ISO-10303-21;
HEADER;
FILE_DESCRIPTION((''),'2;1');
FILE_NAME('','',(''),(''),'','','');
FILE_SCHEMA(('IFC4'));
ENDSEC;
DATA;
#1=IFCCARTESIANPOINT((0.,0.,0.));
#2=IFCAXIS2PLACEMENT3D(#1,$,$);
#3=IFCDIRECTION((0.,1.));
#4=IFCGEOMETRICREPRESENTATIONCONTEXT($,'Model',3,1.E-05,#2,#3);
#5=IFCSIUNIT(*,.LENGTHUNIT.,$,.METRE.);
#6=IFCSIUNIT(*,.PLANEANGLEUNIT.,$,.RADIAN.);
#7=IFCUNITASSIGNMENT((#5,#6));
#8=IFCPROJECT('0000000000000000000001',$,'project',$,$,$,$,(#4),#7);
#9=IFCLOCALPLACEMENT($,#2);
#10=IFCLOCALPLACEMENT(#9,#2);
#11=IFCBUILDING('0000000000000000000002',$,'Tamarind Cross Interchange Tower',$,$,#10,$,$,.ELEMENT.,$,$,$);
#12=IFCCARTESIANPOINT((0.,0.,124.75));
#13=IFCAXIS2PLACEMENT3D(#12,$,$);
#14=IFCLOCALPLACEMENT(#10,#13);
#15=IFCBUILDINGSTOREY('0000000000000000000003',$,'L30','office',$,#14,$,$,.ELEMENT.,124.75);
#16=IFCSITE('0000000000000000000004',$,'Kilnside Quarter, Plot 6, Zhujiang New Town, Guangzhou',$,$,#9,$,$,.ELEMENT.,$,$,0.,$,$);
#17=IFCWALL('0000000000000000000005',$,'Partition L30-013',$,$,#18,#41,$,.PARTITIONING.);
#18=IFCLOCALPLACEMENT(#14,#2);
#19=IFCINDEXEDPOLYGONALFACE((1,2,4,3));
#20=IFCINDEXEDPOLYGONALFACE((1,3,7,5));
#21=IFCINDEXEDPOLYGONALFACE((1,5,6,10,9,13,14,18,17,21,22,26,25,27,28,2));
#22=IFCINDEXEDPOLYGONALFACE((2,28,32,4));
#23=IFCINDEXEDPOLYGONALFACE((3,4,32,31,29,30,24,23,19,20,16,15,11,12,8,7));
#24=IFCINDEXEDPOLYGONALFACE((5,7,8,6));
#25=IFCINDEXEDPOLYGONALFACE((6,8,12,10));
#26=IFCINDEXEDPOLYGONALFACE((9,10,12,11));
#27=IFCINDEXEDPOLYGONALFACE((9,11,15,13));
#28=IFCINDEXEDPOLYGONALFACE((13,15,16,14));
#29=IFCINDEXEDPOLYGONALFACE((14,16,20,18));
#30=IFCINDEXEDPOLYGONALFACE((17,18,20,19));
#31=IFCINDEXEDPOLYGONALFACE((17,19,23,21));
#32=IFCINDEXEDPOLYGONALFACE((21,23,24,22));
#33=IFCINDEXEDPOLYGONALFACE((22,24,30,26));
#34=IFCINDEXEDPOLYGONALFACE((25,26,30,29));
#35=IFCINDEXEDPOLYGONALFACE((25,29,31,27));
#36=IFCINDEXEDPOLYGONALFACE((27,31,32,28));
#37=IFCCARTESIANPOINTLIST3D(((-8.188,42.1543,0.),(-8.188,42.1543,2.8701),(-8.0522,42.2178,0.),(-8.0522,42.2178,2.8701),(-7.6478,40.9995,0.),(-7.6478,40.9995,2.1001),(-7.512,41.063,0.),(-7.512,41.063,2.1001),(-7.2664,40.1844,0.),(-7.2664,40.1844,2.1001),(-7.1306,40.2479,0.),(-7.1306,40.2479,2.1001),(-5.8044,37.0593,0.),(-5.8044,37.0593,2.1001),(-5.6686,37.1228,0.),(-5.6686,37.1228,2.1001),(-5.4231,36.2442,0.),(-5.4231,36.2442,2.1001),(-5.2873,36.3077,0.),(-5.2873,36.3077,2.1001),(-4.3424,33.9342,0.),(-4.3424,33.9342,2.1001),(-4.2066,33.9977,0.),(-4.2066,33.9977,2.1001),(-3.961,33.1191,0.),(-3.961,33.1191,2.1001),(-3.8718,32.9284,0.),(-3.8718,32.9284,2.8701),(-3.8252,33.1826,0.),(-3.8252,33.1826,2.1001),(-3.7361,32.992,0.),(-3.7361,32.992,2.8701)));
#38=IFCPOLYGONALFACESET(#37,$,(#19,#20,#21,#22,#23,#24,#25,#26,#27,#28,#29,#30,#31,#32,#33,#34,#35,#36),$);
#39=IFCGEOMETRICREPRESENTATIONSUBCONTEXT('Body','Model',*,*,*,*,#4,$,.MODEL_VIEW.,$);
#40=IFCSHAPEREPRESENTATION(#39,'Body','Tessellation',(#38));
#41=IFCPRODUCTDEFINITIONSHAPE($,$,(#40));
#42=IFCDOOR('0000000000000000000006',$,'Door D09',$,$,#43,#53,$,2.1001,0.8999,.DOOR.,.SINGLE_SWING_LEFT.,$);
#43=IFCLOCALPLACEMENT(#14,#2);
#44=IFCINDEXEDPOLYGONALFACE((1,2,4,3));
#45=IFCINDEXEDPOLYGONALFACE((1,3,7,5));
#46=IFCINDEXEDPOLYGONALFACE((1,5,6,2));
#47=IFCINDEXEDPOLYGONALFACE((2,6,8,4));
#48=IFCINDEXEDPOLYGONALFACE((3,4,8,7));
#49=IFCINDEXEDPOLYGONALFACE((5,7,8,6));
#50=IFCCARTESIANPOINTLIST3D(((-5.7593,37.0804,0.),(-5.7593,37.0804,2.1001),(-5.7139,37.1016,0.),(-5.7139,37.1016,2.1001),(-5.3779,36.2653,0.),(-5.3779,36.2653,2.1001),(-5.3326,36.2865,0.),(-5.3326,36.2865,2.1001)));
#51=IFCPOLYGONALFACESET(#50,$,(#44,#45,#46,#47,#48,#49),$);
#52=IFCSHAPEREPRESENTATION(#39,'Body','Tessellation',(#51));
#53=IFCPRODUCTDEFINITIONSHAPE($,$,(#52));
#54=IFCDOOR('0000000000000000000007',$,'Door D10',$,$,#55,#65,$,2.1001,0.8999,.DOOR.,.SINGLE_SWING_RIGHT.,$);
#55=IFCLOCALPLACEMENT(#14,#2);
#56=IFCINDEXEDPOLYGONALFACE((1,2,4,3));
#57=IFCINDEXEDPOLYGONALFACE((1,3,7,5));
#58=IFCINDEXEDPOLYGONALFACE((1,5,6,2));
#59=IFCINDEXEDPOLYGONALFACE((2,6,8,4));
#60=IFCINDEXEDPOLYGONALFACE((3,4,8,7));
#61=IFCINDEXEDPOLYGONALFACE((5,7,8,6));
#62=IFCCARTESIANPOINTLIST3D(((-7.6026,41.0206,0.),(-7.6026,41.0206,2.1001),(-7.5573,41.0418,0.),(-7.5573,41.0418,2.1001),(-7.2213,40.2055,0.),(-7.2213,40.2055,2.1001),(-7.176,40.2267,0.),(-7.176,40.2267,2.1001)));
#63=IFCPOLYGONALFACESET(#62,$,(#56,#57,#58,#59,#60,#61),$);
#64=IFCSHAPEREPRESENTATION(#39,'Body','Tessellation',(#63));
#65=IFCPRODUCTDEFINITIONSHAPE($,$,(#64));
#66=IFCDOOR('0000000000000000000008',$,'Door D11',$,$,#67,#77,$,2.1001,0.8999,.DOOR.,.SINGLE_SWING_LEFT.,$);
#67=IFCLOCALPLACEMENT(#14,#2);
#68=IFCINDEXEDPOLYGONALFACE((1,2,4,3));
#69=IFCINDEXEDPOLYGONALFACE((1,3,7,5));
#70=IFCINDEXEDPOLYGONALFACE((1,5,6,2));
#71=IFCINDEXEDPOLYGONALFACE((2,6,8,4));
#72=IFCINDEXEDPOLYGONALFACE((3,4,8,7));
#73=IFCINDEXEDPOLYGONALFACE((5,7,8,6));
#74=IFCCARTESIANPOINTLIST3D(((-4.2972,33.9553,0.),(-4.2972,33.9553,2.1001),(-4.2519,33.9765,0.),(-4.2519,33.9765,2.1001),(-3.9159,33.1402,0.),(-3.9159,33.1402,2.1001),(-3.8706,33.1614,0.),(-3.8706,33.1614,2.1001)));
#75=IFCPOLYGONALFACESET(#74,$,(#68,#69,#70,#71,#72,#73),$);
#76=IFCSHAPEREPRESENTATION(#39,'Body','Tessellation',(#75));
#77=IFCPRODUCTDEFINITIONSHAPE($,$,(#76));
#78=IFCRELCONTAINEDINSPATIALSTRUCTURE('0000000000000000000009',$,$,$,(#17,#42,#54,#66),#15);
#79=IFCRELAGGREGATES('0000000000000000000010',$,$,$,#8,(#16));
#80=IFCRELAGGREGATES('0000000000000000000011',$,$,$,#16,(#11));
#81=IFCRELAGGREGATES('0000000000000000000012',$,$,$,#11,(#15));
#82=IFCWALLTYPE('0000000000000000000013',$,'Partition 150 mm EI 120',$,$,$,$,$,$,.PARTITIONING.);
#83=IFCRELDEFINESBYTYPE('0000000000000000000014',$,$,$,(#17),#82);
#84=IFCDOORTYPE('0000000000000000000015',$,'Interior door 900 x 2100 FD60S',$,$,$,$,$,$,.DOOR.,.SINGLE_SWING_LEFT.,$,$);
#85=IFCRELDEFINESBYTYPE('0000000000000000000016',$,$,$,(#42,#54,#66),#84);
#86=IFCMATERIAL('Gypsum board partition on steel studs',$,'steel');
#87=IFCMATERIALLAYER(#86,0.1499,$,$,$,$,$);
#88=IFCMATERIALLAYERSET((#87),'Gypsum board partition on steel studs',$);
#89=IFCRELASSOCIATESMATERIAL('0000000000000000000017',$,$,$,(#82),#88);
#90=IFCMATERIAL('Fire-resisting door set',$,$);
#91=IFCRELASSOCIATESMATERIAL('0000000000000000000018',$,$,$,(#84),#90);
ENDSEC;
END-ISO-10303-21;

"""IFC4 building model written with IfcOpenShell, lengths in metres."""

from ifc_helpers import new_model, si_unit, direction, frame, frame_2d, origin, place, context, subcontext, project, spatial, rectangle, extrude, material, layer, layer_set, type_object, element, fill, save


model = new_model("IFC4")

# Units and contexts
model_context = context("Model", 3, precision=1e-05, world=origin(), true_north=direction((0.0, 1.0)))
body_context = subcontext(model_context, "Body", "Model", "MODEL_VIEW")
ifc_project = project(units=[si_unit("LENGTHUNIT", "METRE"), si_unit("PLANEANGLEUNIT", "RADIAN")], contexts=[model_context])

# Site, building, storey
site_placement = place(None, origin())
site = spatial("IfcSite", under=ifc_project, at=site_placement, Name="Kilnside Quarter, Plot 6, Zhujiang New Town, Guangzhou", CompositionType="ELEMENT", RefElevation=0.0)
building_placement = place(site_placement, origin())
building = spatial("IfcBuilding", under=site, at=building_placement, Name="Tamarind Cross Interchange Tower", CompositionType="ELEMENT")
storey_placement = place(building_placement, frame((0.0, 0.0, 124.75)))
storey = spatial("IfcBuildingStorey", under=building, at=storey_placement, Name="L30", Description="office", CompositionType="ELEMENT", Elevation=124.75)

# Shared definitions
ifc_material_1 = material(Name="Gypsum board partition on steel studs", Category="steel")

# Wall, openings, doors
ifc_layer_1 = layer(ifc_material_1, 0.1499)
ifc_layer_set_1 = layer_set([ifc_layer_1], Name="Gypsum board partition on steel studs")
wall_type_1 = type_object("IfcWallType", Name="Partition 150 mm EI 120", PredefinedType="PARTITIONING", material=ifc_layer_set_1)
ifc_material_2 = material(Name="Fire-resisting door set")
door_type_1 = type_object("IfcDoorType", Name="Interior door 900 x 2100 FD60S", OperationType="SINGLE_SWING_LEFT", PredefinedType="DOOR", material=ifc_material_2)
wall_1_placement = place(storey_placement, frame((-8.1201, 42.186, 0.0), z_axis=(0.0, 0.0, 1.0), x_axis=(0.423754, -0.905777, 0.0)))
wall_1 = element("IfcWall", 1, at=wall_1_placement, inside=storey, type_object=wall_type_1, Name="Partition L30-013", PredefinedType="PARTITIONING", context=body_context, shape_type="SweptSolid", body=[
    extrude(rectangle(XDim=10.1855, YDim=0.1499, at=frame_2d((5.0928, 0.0))), origin(), (0.0, 0.0, 1.0), 2.8701),
])
opening_1_placement = place(wall_1_placement, frame((5.625, 0.0, 0.0)))
opening_1 = element("IfcOpeningElement", 2, at=opening_1_placement, cuts=wall_1, PredefinedType="OPENING", context=body_context, shape_type="SweptSolid", body=[
    extrude(rectangle(XDim=0.8999, YDim=2.1001, at=frame_2d((0.45, 1.05))), frame((0.0, 0.085, 0.0), z_axis=(0.0, -1.0, 0.0), x_axis=(1.0, 0.0, 0.0)), (0.0, 0.0, 1.0), 0.1699),
])
opening_2_placement = place(wall_1_placement, frame((1.2749, 0.0, 0.0)))
opening_2 = element("IfcOpeningElement", 3, at=opening_2_placement, cuts=wall_1, PredefinedType="OPENING", context=body_context, shape_type="SweptSolid", body=[
    extrude(rectangle(XDim=0.8999, YDim=2.1001, at=frame_2d((0.45, 1.05))), frame((0.0, 0.085, 0.0), z_axis=(0.0, -1.0, 0.0), x_axis=(1.0, 0.0, 0.0)), (0.0, 0.0, 1.0), 0.1699),
])
opening_3_placement = place(wall_1_placement, frame((9.0752, 0.0, 0.0)))
opening_3 = element("IfcOpeningElement", 4, at=opening_3_placement, cuts=wall_1, PredefinedType="OPENING", context=body_context, shape_type="SweptSolid", body=[
    extrude(rectangle(XDim=0.8999, YDim=2.1001, at=frame_2d((0.45, 1.05))), frame((0.0, 0.085, 0.0), z_axis=(0.0, -1.0, 0.0), x_axis=(1.0, 0.0, 0.0)), (0.0, 0.0, 1.0), 0.1699),
])
door_1_placement = place(opening_1_placement, origin())
door_1 = element("IfcDoor", 5, at=door_1_placement, inside=storey, type_object=door_type_1, Name="Door D09", OperationType="SINGLE_SWING_LEFT", OverallHeight=2.1001, OverallWidth=0.8999, PredefinedType="DOOR", context=body_context, shape_type="SweptSolid", body=[
    extrude(rectangle(XDim=0.8999, YDim=2.1001, at=frame_2d((0.45, 1.05))), frame((0.0, 0.0249, 0.0), z_axis=(0.0, -1.0, 0.0), x_axis=(1.0, 0.0, 0.0)), (0.0, 0.0, 1.0), 0.05),
])
fill(opening_1, door_1)
door_2_placement = place(opening_2_placement, origin())
door_2 = element("IfcDoor", 6, at=door_2_placement, inside=storey, type_object=door_type_1, Name="Door D10", OperationType="SINGLE_SWING_RIGHT", OverallHeight=2.1001, OverallWidth=0.8999, PredefinedType="DOOR", context=body_context, shape_type="SweptSolid", body=[
    extrude(rectangle(XDim=0.8999, YDim=2.1001, at=frame_2d((0.45, 1.05))), frame((0.0, 0.0249, 0.0), z_axis=(0.0, -1.0, 0.0), x_axis=(1.0, 0.0, 0.0)), (0.0, 0.0, 1.0), 0.05),
])
fill(opening_2, door_2)
door_3_placement = place(opening_3_placement, origin())
door_3 = element("IfcDoor", 7, at=door_3_placement, inside=storey, type_object=door_type_1, Name="Door D11", OperationType="SINGLE_SWING_LEFT", OverallHeight=2.1001, OverallWidth=0.8999, PredefinedType="DOOR", context=body_context, shape_type="SweptSolid", body=[
    extrude(rectangle(XDim=0.8999, YDim=2.1001, at=frame_2d((0.45, 1.05))), frame((0.0, 0.0249, 0.0), z_axis=(0.0, -1.0, 0.0), x_axis=(1.0, 0.0, 0.0)), (0.0, 0.0, 1.0), 0.05),
])
fill(opening_3, door_3)

save(model, "model.ifc")
